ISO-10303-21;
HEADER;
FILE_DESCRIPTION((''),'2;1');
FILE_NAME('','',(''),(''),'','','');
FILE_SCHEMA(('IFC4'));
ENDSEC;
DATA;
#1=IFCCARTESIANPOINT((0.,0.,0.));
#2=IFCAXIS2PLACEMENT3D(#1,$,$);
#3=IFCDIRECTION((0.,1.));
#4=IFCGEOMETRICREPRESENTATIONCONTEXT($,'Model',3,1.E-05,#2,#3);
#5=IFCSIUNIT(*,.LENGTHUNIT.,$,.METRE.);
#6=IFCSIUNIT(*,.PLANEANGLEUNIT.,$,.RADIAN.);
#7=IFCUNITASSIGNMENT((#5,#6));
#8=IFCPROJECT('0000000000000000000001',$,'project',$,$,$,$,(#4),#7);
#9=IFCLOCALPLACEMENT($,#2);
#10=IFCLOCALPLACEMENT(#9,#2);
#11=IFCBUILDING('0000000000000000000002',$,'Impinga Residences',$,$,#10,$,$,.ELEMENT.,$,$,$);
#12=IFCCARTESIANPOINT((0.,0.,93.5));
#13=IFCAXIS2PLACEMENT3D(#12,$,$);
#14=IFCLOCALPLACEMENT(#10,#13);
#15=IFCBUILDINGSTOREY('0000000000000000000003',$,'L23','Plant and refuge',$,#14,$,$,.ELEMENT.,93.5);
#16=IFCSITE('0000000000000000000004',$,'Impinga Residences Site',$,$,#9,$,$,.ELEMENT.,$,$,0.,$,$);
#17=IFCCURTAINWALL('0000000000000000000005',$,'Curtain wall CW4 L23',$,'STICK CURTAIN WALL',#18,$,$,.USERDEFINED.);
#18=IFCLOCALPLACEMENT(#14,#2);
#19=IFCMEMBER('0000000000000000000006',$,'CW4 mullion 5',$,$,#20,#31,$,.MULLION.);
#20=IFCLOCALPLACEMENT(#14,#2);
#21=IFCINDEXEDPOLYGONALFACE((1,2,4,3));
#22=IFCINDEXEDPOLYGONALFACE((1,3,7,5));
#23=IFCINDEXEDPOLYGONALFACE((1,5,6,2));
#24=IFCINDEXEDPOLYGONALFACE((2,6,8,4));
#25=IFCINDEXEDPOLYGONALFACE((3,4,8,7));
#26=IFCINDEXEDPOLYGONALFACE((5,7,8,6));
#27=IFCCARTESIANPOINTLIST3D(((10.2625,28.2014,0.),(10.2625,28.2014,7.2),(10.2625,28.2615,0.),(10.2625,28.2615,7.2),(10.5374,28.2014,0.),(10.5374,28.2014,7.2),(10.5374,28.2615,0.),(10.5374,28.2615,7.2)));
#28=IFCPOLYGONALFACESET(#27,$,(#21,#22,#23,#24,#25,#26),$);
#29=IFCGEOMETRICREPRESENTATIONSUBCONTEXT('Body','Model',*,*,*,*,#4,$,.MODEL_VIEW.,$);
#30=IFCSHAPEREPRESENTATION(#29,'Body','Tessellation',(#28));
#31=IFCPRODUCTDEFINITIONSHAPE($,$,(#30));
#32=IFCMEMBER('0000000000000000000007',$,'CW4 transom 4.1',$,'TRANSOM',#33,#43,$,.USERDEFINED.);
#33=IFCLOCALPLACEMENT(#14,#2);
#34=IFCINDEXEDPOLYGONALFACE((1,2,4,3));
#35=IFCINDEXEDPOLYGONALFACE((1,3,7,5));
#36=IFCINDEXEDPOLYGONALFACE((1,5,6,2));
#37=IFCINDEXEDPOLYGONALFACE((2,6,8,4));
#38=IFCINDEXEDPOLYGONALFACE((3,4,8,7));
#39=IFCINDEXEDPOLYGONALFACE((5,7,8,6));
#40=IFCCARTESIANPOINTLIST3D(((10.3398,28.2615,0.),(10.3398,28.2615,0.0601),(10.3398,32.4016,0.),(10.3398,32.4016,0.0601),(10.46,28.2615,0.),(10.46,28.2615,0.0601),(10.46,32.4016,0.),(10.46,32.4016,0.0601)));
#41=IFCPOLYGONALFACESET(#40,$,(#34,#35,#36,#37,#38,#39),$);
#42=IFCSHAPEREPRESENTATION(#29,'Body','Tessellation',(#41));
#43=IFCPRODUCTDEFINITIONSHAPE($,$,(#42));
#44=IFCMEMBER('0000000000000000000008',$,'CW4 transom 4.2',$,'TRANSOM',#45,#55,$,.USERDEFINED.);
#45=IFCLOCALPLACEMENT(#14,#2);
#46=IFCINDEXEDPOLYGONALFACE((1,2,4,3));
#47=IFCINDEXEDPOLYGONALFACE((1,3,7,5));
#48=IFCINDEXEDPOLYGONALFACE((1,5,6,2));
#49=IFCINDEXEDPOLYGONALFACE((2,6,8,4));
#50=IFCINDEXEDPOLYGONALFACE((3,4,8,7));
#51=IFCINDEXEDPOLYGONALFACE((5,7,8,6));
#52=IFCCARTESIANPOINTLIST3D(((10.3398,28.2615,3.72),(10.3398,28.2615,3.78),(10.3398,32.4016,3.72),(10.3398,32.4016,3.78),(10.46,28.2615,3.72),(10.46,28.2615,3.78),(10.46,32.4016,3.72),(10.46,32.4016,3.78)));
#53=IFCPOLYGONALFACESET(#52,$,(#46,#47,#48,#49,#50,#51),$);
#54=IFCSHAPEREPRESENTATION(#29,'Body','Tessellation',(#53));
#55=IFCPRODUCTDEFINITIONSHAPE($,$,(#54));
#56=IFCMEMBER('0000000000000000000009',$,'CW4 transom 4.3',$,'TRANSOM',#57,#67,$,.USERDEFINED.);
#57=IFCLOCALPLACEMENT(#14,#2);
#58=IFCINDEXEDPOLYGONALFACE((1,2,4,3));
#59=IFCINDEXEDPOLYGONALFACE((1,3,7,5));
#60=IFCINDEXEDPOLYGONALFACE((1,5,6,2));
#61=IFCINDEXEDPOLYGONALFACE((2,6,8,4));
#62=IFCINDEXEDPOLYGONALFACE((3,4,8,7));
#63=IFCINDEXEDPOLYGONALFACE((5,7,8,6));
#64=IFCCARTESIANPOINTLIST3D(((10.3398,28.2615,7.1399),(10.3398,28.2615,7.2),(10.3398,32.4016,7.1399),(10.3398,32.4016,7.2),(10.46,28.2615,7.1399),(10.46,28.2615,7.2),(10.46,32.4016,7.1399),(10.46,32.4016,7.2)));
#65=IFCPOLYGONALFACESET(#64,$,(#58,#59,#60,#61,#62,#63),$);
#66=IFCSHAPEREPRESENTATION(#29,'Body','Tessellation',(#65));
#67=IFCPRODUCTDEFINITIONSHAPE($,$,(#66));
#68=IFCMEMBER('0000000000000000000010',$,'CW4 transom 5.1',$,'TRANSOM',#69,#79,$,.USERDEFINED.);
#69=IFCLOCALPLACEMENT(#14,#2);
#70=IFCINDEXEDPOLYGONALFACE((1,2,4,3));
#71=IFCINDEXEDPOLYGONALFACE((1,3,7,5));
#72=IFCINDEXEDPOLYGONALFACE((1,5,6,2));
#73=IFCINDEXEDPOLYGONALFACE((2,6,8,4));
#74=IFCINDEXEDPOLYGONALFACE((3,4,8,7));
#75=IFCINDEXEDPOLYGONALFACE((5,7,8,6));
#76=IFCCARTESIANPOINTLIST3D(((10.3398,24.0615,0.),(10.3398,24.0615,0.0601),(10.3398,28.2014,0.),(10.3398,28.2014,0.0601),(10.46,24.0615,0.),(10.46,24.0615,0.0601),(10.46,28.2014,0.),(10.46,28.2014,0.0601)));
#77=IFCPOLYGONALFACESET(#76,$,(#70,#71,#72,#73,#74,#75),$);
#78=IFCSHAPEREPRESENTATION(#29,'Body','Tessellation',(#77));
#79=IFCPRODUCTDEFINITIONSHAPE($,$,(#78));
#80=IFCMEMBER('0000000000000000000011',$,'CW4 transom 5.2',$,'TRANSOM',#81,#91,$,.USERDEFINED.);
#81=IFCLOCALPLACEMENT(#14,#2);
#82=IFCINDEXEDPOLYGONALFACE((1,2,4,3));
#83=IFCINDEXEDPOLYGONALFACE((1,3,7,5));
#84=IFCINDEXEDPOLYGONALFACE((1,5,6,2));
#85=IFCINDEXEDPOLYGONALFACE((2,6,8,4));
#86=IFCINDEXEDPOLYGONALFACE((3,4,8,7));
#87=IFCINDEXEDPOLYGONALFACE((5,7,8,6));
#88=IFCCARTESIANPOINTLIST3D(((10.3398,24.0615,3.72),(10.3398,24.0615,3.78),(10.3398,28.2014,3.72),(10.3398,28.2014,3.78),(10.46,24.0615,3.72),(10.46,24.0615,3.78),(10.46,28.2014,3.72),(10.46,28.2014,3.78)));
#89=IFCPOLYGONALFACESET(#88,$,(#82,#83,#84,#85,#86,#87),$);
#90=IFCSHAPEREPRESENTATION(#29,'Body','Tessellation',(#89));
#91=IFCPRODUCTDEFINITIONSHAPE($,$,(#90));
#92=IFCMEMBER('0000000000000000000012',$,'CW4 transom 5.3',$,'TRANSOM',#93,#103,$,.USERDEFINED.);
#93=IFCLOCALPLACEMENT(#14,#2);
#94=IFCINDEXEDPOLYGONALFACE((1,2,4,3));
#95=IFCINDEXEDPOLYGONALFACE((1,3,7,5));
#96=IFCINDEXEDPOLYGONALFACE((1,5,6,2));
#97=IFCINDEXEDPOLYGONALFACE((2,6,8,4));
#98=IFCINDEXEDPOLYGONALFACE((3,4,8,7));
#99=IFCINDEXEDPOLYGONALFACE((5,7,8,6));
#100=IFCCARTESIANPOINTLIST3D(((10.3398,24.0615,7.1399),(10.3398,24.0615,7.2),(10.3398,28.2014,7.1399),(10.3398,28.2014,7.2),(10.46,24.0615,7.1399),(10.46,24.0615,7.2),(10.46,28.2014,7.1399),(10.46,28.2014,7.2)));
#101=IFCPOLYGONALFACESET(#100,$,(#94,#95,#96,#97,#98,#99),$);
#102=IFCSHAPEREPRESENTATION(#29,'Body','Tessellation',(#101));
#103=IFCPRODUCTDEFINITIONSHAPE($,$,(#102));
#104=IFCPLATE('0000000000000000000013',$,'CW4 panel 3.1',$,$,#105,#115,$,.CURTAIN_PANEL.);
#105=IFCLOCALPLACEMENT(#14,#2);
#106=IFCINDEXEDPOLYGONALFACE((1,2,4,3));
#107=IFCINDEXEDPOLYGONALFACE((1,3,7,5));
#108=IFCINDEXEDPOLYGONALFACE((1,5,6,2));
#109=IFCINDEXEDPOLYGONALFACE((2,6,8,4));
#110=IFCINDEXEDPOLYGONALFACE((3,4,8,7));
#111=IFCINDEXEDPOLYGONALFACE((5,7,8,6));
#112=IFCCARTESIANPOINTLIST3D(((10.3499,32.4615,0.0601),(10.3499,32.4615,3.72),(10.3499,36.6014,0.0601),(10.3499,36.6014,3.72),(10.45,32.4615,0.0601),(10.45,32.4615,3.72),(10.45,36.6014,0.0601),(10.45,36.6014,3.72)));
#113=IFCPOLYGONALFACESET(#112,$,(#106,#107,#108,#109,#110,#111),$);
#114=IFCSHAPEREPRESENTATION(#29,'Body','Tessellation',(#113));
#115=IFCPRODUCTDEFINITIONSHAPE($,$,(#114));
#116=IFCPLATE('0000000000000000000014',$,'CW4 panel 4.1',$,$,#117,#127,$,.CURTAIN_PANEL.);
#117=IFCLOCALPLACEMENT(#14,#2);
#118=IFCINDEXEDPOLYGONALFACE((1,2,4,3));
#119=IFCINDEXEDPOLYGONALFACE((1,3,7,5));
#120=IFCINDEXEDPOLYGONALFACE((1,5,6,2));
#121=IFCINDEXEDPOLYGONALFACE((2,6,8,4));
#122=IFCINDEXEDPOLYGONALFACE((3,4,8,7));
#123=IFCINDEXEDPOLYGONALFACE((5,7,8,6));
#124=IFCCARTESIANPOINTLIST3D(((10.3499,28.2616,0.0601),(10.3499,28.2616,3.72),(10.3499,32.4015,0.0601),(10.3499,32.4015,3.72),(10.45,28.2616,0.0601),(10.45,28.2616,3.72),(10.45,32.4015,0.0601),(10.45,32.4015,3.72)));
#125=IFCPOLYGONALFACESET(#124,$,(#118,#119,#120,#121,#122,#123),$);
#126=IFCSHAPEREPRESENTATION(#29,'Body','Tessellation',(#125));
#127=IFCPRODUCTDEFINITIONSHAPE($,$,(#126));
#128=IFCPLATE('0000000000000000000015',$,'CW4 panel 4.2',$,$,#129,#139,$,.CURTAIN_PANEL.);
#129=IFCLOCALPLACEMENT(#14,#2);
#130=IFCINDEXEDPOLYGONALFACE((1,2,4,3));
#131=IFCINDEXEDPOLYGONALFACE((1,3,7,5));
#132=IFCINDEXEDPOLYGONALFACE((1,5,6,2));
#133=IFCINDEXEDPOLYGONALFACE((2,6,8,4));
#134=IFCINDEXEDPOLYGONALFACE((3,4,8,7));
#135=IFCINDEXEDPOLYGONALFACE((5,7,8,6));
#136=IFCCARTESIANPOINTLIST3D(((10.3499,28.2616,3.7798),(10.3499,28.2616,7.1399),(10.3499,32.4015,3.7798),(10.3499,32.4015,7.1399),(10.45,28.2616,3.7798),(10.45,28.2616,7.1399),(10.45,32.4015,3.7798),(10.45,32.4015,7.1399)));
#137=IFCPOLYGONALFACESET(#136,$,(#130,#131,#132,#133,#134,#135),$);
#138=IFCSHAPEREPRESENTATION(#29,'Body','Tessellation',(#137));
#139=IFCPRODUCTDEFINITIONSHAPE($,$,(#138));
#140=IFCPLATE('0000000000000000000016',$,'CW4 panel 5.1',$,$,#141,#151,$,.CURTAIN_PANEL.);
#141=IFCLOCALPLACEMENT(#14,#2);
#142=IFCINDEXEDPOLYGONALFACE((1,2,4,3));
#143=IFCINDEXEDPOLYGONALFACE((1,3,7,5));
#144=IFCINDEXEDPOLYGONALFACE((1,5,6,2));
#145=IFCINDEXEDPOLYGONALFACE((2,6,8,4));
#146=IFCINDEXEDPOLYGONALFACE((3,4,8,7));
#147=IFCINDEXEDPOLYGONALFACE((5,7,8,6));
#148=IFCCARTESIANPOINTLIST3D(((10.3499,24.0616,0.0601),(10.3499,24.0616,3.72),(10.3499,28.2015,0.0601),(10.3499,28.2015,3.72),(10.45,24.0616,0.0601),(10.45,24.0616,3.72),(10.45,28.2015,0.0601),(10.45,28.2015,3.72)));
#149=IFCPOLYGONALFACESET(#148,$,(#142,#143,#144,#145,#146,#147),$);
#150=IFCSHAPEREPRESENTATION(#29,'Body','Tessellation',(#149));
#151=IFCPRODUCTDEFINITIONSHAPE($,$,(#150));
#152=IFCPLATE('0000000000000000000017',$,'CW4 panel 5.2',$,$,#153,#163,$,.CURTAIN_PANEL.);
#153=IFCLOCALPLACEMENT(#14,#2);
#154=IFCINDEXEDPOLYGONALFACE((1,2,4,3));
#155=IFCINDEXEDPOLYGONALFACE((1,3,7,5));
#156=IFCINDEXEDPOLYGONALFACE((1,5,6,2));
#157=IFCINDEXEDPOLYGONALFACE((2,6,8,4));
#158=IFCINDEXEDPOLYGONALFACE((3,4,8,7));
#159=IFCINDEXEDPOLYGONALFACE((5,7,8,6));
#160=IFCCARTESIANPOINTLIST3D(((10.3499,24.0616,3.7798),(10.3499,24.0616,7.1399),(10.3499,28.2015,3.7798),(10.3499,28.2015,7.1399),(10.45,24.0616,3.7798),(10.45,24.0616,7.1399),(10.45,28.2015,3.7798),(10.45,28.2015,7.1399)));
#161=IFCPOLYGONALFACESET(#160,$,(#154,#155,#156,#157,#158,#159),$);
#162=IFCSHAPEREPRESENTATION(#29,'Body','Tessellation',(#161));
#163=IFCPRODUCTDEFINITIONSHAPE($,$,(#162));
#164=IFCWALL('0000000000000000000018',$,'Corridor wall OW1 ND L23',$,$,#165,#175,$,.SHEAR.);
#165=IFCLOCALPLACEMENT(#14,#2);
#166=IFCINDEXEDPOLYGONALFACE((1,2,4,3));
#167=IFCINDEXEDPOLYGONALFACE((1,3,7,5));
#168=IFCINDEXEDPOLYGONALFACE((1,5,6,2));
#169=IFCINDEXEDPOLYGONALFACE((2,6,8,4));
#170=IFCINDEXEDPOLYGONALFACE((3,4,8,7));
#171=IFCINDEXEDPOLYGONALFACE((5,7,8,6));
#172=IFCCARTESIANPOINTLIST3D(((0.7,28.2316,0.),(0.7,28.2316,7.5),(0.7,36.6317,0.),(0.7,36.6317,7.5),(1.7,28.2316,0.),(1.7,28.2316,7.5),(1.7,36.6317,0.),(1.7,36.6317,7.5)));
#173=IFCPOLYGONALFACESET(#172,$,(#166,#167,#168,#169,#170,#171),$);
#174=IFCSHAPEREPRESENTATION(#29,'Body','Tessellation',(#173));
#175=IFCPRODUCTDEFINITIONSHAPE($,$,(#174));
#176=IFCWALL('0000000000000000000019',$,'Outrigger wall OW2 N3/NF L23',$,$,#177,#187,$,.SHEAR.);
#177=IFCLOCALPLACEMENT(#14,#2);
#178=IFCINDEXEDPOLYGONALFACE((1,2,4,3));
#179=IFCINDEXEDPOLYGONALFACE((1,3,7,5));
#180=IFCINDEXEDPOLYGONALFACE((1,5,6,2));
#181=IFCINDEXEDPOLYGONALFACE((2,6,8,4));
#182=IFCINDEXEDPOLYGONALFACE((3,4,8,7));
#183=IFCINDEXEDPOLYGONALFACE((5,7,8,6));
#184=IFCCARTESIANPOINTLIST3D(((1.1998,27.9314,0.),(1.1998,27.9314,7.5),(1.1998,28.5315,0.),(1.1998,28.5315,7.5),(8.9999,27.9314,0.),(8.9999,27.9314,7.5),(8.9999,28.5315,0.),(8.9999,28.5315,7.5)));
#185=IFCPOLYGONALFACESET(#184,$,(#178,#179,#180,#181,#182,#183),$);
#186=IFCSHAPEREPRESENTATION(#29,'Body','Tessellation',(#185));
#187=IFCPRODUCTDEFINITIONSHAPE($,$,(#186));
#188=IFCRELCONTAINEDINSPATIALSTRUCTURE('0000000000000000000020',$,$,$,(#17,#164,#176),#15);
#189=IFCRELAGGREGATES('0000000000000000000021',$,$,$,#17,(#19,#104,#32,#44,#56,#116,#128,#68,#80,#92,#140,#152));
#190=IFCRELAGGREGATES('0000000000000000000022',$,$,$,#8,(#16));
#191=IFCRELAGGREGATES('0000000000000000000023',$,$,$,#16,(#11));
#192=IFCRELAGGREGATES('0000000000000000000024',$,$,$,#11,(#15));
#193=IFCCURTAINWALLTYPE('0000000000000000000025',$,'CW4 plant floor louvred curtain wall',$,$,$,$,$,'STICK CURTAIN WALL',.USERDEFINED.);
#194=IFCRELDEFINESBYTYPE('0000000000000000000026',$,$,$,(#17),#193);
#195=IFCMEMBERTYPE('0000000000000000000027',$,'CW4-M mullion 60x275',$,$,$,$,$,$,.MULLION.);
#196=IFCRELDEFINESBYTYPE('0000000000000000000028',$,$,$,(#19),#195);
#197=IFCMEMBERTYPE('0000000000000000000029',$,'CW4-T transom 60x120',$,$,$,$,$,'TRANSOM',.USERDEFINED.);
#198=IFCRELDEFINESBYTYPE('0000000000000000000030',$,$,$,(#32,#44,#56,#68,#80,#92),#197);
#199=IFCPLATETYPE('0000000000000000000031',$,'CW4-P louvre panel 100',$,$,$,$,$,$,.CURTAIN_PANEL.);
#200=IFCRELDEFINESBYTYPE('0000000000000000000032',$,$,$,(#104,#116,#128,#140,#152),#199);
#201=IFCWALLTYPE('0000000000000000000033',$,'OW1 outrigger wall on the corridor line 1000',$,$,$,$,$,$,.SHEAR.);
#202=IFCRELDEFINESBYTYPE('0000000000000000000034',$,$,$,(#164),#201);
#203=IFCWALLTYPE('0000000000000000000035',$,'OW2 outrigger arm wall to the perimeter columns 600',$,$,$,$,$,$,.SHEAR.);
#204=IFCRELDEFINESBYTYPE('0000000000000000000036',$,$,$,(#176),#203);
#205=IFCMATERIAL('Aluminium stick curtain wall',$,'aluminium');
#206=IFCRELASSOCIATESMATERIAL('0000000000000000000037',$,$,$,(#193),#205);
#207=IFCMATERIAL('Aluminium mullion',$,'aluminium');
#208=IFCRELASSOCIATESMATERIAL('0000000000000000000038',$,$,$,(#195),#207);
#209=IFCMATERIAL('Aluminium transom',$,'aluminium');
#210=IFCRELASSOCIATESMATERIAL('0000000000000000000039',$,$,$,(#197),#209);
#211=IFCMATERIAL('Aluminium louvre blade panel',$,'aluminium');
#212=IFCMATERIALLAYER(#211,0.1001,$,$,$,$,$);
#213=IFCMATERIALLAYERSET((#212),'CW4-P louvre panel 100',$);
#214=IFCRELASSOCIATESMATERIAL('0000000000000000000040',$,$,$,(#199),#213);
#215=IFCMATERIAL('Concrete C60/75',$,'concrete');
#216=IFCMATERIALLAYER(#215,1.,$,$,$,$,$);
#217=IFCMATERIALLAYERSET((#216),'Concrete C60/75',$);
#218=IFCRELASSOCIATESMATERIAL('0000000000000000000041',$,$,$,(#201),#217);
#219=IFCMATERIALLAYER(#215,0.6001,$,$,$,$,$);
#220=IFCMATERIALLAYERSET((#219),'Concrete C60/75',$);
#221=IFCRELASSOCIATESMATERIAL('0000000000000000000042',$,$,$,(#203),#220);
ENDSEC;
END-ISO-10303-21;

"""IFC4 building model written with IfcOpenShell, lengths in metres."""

from ifc_helpers import new_model, si_unit, direction, frame, frame_2d, origin, origin_2d, place, context, subcontext, project, spatial, rectangle, extrude, material, layer, layer_set, material_profile, profile_set, type_object, element, aggregate, save


model = new_model("IFC4")

# Units and contexts
model_context = context("Model", 3, precision=1e-05, world=origin(), true_north=direction((0.0, 1.0)))
body_context = subcontext(model_context, "Body", "Model", "MODEL_VIEW")
ifc_project = project(units=[si_unit("LENGTHUNIT", "METRE"), si_unit("PLANEANGLEUNIT", "RADIAN")], contexts=[model_context])

# Site, building, storey
site_placement = place(None, origin())
site = spatial("IfcSite", under=ifc_project, at=site_placement, Name="Impinga Residences Site", CompositionType="ELEMENT", RefElevation=0.0)
building_placement = place(site_placement, origin())
building = spatial("IfcBuilding", under=site, at=building_placement, Name="Impinga Residences", CompositionType="ELEMENT")
storey_placement = place(building_placement, frame((0.0, 0.0, 93.5)))
storey = spatial("IfcBuildingStorey", under=building, at=storey_placement, Name="L23", Description="Plant and refuge", CompositionType="ELEMENT", Elevation=93.5)

# Curtain wall, members, plates
ifc_material_1 = material(Name="Aluminium stick curtain wall", Category="aluminium")
curtain_wall_type = type_object("IfcCurtainWallType", Name="CW4 plant floor louvred curtain wall", ElementType="STICK CURTAIN WALL", PredefinedType="USERDEFINED", material=ifc_material_1)
curtain_wall_placement = place(storey_placement, origin())
curtain_wall = element("IfcCurtainWall", 1, at=curtain_wall_placement, inside=storey, type_object=curtain_wall_type, Name="Curtain wall CW4 L23", ObjectType="STICK CURTAIN WALL", PredefinedType="USERDEFINED")
ifc_material_2 = material(Name="Aluminium mullion", Category="aluminium")
ifc_material_profile_1 = material_profile(ifc_material_2, rectangle(XDim=0.0601, YDim=0.2749, at=origin_2d()), Name="60x275 mullion")
ifc_profile_set_1 = profile_set([ifc_material_profile_1], Name="Aluminium mullion")
member_type_1 = type_object("IfcMemberType", Name="CW4-M mullion 60x275", PredefinedType="MULLION", material=ifc_profile_set_1)
member_1_placement = place(storey_placement, frame((10.3999, 28.2314, 0.0), z_axis=(0.0, 0.0, 1.0), x_axis=(0.0, -1.0, 0.0)))
member_1 = element("IfcMember", 2, at=member_1_placement, type_object=member_type_1, Name="CW4 mullion 5", PredefinedType="MULLION", context=body_context, shape_type="SweptSolid", body=[
    extrude(rectangle(XDim=0.0601, YDim=0.2749, at=origin_2d()), origin(), (0.0, 0.0, 1.0), 7.2),
])
ifc_material_3 = material(Name="Aluminium transom", Category="aluminium")
ifc_material_profile_2 = material_profile(ifc_material_3, rectangle(XDim=0.0601, YDim=0.1201, at=origin_2d()), Name="60x120 transom")
ifc_profile_set_2 = profile_set([ifc_material_profile_2], Name="Aluminium transom")
member_type_2 = type_object("IfcMemberType", Name="CW4-T transom 60x120", ElementType="TRANSOM", PredefinedType="USERDEFINED", material=ifc_profile_set_2)
member_2_placement = place(storey_placement, frame((10.3999, 32.4016, 0.03), z_axis=(0.0, -1.0, 0.0), x_axis=(0.0, 0.0, 1.0)))
member_2 = element("IfcMember", 3, at=member_2_placement, type_object=member_type_2, Name="CW4 transom 4.1", ObjectType="TRANSOM", PredefinedType="USERDEFINED", context=body_context, shape_type="SweptSolid", body=[
    extrude(rectangle(XDim=0.0601, YDim=0.1201, at=origin_2d()), origin(), (0.0, 0.0, 1.0), 4.1401),
])
member_3_placement = place(storey_placement, frame((10.3999, 32.4016, 3.75), z_axis=(0.0, -1.0, 0.0), x_axis=(0.0, 0.0, 1.0)))
member_3 = element("IfcMember", 4, at=member_3_placement, type_object=member_type_2, Name="CW4 transom 4.2", ObjectType="TRANSOM", PredefinedType="USERDEFINED", context=body_context, shape_type="SweptSolid", body=[
    extrude(rectangle(XDim=0.0601, YDim=0.1201, at=origin_2d()), origin(), (0.0, 0.0, 1.0), 4.1401),
])
member_4_placement = place(storey_placement, frame((10.3999, 32.4016, 7.1699), z_axis=(0.0, -1.0, 0.0), x_axis=(0.0, 0.0, 1.0)))
member_4 = element("IfcMember", 5, at=member_4_placement, type_object=member_type_2, Name="CW4 transom 4.3", ObjectType="TRANSOM", PredefinedType="USERDEFINED", context=body_context, shape_type="SweptSolid", body=[
    extrude(rectangle(XDim=0.0601, YDim=0.1201, at=origin_2d()), origin(), (0.0, 0.0, 1.0), 4.1401),
])
member_5_placement = place(storey_placement, frame((10.3999, 28.2014, 0.03), z_axis=(0.0, -1.0, 0.0), x_axis=(0.0, 0.0, 1.0)))
member_5 = element("IfcMember", 6, at=member_5_placement, type_object=member_type_2, Name="CW4 transom 5.1", ObjectType="TRANSOM", PredefinedType="USERDEFINED", context=body_context, shape_type="SweptSolid", body=[
    extrude(rectangle(XDim=0.0601, YDim=0.1201, at=origin_2d()), origin(), (0.0, 0.0, 1.0), 4.1399),
])
member_6_placement = place(storey_placement, frame((10.3999, 28.2014, 3.75), z_axis=(0.0, -1.0, 0.0), x_axis=(0.0, 0.0, 1.0)))
member_6 = element("IfcMember", 7, at=member_6_placement, type_object=member_type_2, Name="CW4 transom 5.2", ObjectType="TRANSOM", PredefinedType="USERDEFINED", context=body_context, shape_type="SweptSolid", body=[
    extrude(rectangle(XDim=0.0601, YDim=0.1201, at=origin_2d()), origin(), (0.0, 0.0, 1.0), 4.1399),
])
member_7_placement = place(storey_placement, frame((10.3999, 28.2014, 7.1699), z_axis=(0.0, -1.0, 0.0), x_axis=(0.0, 0.0, 1.0)))
member_7 = element("IfcMember", 8, at=member_7_placement, type_object=member_type_2, Name="CW4 transom 5.3", ObjectType="TRANSOM", PredefinedType="USERDEFINED", context=body_context, shape_type="SweptSolid", body=[
    extrude(rectangle(XDim=0.0601, YDim=0.1201, at=origin_2d()), origin(), (0.0, 0.0, 1.0), 4.1399),
])
ifc_material_4 = material(Name="Aluminium louvre blade panel", Category="aluminium")
ifc_layer_1 = layer(ifc_material_4, 0.1001)
ifc_layer_set_1 = layer_set([ifc_layer_1], Name="CW4-P louvre panel 100")
plate_type = type_object("IfcPlateType", Name="CW4-P louvre panel 100", PredefinedType="CURTAIN_PANEL", material=ifc_layer_set_1)
plate_1_placement = place(storey_placement, frame((10.3999, 34.5315, 0.0601), z_axis=(0.0, 0.0, 1.0), x_axis=(0.0, -1.0, 0.0)))
plate_1 = element("IfcPlate", 9, at=plate_1_placement, type_object=plate_type, Name="CW4 panel 3.1", PredefinedType="CURTAIN_PANEL", context=body_context, shape_type="SweptSolid", body=[
    extrude(rectangle(XDim=4.1399, YDim=0.1001, at=origin_2d()), origin(), (0.0, 0.0, 1.0), 3.6599),
])
plate_2_placement = place(storey_placement, frame((10.3999, 30.3315, 0.0601), z_axis=(0.0, 0.0, 1.0), x_axis=(0.0, -1.0, 0.0)))
plate_2 = element("IfcPlate", 10, at=plate_2_placement, type_object=plate_type, Name="CW4 panel 4.1", PredefinedType="CURTAIN_PANEL", context=body_context, shape_type="SweptSolid", body=[
    extrude(rectangle(XDim=4.1399, YDim=0.1001, at=origin_2d()), origin(), (0.0, 0.0, 1.0), 3.6599),
])
plate_3_placement = place(storey_placement, frame((10.3999, 30.3315, 3.7798), z_axis=(0.0, 0.0, 1.0), x_axis=(0.0, -1.0, 0.0)))
plate_3 = element("IfcPlate", 11, at=plate_3_placement, type_object=plate_type, Name="CW4 panel 4.2", PredefinedType="CURTAIN_PANEL", context=body_context, shape_type="SweptSolid", body=[
    extrude(rectangle(XDim=4.1399, YDim=0.1001, at=origin_2d()), origin(), (0.0, 0.0, 1.0), 3.3601),
])
plate_4_placement = place(storey_placement, frame((10.3999, 26.1316, 0.0601), z_axis=(0.0, 0.0, 1.0), x_axis=(0.0, -1.0, 0.0)))
plate_4 = element("IfcPlate", 12, at=plate_4_placement, type_object=plate_type, Name="CW4 panel 5.1", PredefinedType="CURTAIN_PANEL", context=body_context, shape_type="SweptSolid", body=[
    extrude(rectangle(XDim=4.1399, YDim=0.1001, at=origin_2d()), origin(), (0.0, 0.0, 1.0), 3.6599),
])
plate_5_placement = place(storey_placement, frame((10.3999, 26.1316, 3.7798), z_axis=(0.0, 0.0, 1.0), x_axis=(0.0, -1.0, 0.0)))
plate_5 = element("IfcPlate", 13, at=plate_5_placement, type_object=plate_type, Name="CW4 panel 5.2", PredefinedType="CURTAIN_PANEL", context=body_context, shape_type="SweptSolid", body=[
    extrude(rectangle(XDim=4.1399, YDim=0.1001, at=origin_2d()), origin(), (0.0, 0.0, 1.0), 3.3601),
])
aggregate(curtain_wall, [member_1, plate_1, member_2, member_3, member_4, plate_2, plate_3, member_5, member_6, member_7, plate_4, plate_5])

# Walls
ifc_material_5 = material(Name="Concrete C60/75", Category="concrete")
ifc_layer_2 = layer(ifc_material_5, 1.0)
ifc_layer_set_2 = layer_set([ifc_layer_2], Name="Concrete C60/75")
wall_type_1 = type_object("IfcWallType", Name="OW1 outrigger wall on the corridor line 1000", PredefinedType="SHEAR", material=ifc_layer_set_2)
wall_1_placement = place(storey_placement, frame((1.2, 28.2314, 0.0), z_axis=(0.0, 0.0, 1.0), x_axis=(0.0, 1.0, 0.0)))
element("IfcWall", 14, at=wall_1_placement, inside=storey, type_object=wall_type_1, Name="Corridor wall OW1 ND L23", PredefinedType="SHEAR", context=body_context, shape_type="SweptSolid", body=[
    extrude(rectangle(XDim=8.4001, YDim=1.0, at=frame_2d((4.2002, 0.0))), origin(), (0.0, 0.0, 1.0), 7.5),
])
ifc_layer_3 = layer(ifc_material_5, 0.6001)
ifc_layer_set_3 = layer_set([ifc_layer_3], Name="Concrete C60/75")
wall_type_2 = type_object("IfcWallType", Name="OW2 outrigger arm wall to the perimeter columns 600", PredefinedType="SHEAR", material=ifc_layer_set_3)
wall_2_placement = place(storey_placement, frame((1.2, 28.2314, 0.0), z_axis=(0.0, 0.0, 1.0), x_axis=(1.0, 0.0, 0.0)))
element("IfcWall", 15, at=wall_2_placement, inside=storey, type_object=wall_type_2, Name="Outrigger wall OW2 N3/NF L23", PredefinedType="SHEAR", context=body_context, shape_type="SweptSolid", body=[
    extrude(rectangle(XDim=7.8, YDim=0.6001, at=frame_2d((3.8999, 0.0))), origin(), (0.0, 0.0, 1.0), 7.5),
])

save(model, "model.ifc")
